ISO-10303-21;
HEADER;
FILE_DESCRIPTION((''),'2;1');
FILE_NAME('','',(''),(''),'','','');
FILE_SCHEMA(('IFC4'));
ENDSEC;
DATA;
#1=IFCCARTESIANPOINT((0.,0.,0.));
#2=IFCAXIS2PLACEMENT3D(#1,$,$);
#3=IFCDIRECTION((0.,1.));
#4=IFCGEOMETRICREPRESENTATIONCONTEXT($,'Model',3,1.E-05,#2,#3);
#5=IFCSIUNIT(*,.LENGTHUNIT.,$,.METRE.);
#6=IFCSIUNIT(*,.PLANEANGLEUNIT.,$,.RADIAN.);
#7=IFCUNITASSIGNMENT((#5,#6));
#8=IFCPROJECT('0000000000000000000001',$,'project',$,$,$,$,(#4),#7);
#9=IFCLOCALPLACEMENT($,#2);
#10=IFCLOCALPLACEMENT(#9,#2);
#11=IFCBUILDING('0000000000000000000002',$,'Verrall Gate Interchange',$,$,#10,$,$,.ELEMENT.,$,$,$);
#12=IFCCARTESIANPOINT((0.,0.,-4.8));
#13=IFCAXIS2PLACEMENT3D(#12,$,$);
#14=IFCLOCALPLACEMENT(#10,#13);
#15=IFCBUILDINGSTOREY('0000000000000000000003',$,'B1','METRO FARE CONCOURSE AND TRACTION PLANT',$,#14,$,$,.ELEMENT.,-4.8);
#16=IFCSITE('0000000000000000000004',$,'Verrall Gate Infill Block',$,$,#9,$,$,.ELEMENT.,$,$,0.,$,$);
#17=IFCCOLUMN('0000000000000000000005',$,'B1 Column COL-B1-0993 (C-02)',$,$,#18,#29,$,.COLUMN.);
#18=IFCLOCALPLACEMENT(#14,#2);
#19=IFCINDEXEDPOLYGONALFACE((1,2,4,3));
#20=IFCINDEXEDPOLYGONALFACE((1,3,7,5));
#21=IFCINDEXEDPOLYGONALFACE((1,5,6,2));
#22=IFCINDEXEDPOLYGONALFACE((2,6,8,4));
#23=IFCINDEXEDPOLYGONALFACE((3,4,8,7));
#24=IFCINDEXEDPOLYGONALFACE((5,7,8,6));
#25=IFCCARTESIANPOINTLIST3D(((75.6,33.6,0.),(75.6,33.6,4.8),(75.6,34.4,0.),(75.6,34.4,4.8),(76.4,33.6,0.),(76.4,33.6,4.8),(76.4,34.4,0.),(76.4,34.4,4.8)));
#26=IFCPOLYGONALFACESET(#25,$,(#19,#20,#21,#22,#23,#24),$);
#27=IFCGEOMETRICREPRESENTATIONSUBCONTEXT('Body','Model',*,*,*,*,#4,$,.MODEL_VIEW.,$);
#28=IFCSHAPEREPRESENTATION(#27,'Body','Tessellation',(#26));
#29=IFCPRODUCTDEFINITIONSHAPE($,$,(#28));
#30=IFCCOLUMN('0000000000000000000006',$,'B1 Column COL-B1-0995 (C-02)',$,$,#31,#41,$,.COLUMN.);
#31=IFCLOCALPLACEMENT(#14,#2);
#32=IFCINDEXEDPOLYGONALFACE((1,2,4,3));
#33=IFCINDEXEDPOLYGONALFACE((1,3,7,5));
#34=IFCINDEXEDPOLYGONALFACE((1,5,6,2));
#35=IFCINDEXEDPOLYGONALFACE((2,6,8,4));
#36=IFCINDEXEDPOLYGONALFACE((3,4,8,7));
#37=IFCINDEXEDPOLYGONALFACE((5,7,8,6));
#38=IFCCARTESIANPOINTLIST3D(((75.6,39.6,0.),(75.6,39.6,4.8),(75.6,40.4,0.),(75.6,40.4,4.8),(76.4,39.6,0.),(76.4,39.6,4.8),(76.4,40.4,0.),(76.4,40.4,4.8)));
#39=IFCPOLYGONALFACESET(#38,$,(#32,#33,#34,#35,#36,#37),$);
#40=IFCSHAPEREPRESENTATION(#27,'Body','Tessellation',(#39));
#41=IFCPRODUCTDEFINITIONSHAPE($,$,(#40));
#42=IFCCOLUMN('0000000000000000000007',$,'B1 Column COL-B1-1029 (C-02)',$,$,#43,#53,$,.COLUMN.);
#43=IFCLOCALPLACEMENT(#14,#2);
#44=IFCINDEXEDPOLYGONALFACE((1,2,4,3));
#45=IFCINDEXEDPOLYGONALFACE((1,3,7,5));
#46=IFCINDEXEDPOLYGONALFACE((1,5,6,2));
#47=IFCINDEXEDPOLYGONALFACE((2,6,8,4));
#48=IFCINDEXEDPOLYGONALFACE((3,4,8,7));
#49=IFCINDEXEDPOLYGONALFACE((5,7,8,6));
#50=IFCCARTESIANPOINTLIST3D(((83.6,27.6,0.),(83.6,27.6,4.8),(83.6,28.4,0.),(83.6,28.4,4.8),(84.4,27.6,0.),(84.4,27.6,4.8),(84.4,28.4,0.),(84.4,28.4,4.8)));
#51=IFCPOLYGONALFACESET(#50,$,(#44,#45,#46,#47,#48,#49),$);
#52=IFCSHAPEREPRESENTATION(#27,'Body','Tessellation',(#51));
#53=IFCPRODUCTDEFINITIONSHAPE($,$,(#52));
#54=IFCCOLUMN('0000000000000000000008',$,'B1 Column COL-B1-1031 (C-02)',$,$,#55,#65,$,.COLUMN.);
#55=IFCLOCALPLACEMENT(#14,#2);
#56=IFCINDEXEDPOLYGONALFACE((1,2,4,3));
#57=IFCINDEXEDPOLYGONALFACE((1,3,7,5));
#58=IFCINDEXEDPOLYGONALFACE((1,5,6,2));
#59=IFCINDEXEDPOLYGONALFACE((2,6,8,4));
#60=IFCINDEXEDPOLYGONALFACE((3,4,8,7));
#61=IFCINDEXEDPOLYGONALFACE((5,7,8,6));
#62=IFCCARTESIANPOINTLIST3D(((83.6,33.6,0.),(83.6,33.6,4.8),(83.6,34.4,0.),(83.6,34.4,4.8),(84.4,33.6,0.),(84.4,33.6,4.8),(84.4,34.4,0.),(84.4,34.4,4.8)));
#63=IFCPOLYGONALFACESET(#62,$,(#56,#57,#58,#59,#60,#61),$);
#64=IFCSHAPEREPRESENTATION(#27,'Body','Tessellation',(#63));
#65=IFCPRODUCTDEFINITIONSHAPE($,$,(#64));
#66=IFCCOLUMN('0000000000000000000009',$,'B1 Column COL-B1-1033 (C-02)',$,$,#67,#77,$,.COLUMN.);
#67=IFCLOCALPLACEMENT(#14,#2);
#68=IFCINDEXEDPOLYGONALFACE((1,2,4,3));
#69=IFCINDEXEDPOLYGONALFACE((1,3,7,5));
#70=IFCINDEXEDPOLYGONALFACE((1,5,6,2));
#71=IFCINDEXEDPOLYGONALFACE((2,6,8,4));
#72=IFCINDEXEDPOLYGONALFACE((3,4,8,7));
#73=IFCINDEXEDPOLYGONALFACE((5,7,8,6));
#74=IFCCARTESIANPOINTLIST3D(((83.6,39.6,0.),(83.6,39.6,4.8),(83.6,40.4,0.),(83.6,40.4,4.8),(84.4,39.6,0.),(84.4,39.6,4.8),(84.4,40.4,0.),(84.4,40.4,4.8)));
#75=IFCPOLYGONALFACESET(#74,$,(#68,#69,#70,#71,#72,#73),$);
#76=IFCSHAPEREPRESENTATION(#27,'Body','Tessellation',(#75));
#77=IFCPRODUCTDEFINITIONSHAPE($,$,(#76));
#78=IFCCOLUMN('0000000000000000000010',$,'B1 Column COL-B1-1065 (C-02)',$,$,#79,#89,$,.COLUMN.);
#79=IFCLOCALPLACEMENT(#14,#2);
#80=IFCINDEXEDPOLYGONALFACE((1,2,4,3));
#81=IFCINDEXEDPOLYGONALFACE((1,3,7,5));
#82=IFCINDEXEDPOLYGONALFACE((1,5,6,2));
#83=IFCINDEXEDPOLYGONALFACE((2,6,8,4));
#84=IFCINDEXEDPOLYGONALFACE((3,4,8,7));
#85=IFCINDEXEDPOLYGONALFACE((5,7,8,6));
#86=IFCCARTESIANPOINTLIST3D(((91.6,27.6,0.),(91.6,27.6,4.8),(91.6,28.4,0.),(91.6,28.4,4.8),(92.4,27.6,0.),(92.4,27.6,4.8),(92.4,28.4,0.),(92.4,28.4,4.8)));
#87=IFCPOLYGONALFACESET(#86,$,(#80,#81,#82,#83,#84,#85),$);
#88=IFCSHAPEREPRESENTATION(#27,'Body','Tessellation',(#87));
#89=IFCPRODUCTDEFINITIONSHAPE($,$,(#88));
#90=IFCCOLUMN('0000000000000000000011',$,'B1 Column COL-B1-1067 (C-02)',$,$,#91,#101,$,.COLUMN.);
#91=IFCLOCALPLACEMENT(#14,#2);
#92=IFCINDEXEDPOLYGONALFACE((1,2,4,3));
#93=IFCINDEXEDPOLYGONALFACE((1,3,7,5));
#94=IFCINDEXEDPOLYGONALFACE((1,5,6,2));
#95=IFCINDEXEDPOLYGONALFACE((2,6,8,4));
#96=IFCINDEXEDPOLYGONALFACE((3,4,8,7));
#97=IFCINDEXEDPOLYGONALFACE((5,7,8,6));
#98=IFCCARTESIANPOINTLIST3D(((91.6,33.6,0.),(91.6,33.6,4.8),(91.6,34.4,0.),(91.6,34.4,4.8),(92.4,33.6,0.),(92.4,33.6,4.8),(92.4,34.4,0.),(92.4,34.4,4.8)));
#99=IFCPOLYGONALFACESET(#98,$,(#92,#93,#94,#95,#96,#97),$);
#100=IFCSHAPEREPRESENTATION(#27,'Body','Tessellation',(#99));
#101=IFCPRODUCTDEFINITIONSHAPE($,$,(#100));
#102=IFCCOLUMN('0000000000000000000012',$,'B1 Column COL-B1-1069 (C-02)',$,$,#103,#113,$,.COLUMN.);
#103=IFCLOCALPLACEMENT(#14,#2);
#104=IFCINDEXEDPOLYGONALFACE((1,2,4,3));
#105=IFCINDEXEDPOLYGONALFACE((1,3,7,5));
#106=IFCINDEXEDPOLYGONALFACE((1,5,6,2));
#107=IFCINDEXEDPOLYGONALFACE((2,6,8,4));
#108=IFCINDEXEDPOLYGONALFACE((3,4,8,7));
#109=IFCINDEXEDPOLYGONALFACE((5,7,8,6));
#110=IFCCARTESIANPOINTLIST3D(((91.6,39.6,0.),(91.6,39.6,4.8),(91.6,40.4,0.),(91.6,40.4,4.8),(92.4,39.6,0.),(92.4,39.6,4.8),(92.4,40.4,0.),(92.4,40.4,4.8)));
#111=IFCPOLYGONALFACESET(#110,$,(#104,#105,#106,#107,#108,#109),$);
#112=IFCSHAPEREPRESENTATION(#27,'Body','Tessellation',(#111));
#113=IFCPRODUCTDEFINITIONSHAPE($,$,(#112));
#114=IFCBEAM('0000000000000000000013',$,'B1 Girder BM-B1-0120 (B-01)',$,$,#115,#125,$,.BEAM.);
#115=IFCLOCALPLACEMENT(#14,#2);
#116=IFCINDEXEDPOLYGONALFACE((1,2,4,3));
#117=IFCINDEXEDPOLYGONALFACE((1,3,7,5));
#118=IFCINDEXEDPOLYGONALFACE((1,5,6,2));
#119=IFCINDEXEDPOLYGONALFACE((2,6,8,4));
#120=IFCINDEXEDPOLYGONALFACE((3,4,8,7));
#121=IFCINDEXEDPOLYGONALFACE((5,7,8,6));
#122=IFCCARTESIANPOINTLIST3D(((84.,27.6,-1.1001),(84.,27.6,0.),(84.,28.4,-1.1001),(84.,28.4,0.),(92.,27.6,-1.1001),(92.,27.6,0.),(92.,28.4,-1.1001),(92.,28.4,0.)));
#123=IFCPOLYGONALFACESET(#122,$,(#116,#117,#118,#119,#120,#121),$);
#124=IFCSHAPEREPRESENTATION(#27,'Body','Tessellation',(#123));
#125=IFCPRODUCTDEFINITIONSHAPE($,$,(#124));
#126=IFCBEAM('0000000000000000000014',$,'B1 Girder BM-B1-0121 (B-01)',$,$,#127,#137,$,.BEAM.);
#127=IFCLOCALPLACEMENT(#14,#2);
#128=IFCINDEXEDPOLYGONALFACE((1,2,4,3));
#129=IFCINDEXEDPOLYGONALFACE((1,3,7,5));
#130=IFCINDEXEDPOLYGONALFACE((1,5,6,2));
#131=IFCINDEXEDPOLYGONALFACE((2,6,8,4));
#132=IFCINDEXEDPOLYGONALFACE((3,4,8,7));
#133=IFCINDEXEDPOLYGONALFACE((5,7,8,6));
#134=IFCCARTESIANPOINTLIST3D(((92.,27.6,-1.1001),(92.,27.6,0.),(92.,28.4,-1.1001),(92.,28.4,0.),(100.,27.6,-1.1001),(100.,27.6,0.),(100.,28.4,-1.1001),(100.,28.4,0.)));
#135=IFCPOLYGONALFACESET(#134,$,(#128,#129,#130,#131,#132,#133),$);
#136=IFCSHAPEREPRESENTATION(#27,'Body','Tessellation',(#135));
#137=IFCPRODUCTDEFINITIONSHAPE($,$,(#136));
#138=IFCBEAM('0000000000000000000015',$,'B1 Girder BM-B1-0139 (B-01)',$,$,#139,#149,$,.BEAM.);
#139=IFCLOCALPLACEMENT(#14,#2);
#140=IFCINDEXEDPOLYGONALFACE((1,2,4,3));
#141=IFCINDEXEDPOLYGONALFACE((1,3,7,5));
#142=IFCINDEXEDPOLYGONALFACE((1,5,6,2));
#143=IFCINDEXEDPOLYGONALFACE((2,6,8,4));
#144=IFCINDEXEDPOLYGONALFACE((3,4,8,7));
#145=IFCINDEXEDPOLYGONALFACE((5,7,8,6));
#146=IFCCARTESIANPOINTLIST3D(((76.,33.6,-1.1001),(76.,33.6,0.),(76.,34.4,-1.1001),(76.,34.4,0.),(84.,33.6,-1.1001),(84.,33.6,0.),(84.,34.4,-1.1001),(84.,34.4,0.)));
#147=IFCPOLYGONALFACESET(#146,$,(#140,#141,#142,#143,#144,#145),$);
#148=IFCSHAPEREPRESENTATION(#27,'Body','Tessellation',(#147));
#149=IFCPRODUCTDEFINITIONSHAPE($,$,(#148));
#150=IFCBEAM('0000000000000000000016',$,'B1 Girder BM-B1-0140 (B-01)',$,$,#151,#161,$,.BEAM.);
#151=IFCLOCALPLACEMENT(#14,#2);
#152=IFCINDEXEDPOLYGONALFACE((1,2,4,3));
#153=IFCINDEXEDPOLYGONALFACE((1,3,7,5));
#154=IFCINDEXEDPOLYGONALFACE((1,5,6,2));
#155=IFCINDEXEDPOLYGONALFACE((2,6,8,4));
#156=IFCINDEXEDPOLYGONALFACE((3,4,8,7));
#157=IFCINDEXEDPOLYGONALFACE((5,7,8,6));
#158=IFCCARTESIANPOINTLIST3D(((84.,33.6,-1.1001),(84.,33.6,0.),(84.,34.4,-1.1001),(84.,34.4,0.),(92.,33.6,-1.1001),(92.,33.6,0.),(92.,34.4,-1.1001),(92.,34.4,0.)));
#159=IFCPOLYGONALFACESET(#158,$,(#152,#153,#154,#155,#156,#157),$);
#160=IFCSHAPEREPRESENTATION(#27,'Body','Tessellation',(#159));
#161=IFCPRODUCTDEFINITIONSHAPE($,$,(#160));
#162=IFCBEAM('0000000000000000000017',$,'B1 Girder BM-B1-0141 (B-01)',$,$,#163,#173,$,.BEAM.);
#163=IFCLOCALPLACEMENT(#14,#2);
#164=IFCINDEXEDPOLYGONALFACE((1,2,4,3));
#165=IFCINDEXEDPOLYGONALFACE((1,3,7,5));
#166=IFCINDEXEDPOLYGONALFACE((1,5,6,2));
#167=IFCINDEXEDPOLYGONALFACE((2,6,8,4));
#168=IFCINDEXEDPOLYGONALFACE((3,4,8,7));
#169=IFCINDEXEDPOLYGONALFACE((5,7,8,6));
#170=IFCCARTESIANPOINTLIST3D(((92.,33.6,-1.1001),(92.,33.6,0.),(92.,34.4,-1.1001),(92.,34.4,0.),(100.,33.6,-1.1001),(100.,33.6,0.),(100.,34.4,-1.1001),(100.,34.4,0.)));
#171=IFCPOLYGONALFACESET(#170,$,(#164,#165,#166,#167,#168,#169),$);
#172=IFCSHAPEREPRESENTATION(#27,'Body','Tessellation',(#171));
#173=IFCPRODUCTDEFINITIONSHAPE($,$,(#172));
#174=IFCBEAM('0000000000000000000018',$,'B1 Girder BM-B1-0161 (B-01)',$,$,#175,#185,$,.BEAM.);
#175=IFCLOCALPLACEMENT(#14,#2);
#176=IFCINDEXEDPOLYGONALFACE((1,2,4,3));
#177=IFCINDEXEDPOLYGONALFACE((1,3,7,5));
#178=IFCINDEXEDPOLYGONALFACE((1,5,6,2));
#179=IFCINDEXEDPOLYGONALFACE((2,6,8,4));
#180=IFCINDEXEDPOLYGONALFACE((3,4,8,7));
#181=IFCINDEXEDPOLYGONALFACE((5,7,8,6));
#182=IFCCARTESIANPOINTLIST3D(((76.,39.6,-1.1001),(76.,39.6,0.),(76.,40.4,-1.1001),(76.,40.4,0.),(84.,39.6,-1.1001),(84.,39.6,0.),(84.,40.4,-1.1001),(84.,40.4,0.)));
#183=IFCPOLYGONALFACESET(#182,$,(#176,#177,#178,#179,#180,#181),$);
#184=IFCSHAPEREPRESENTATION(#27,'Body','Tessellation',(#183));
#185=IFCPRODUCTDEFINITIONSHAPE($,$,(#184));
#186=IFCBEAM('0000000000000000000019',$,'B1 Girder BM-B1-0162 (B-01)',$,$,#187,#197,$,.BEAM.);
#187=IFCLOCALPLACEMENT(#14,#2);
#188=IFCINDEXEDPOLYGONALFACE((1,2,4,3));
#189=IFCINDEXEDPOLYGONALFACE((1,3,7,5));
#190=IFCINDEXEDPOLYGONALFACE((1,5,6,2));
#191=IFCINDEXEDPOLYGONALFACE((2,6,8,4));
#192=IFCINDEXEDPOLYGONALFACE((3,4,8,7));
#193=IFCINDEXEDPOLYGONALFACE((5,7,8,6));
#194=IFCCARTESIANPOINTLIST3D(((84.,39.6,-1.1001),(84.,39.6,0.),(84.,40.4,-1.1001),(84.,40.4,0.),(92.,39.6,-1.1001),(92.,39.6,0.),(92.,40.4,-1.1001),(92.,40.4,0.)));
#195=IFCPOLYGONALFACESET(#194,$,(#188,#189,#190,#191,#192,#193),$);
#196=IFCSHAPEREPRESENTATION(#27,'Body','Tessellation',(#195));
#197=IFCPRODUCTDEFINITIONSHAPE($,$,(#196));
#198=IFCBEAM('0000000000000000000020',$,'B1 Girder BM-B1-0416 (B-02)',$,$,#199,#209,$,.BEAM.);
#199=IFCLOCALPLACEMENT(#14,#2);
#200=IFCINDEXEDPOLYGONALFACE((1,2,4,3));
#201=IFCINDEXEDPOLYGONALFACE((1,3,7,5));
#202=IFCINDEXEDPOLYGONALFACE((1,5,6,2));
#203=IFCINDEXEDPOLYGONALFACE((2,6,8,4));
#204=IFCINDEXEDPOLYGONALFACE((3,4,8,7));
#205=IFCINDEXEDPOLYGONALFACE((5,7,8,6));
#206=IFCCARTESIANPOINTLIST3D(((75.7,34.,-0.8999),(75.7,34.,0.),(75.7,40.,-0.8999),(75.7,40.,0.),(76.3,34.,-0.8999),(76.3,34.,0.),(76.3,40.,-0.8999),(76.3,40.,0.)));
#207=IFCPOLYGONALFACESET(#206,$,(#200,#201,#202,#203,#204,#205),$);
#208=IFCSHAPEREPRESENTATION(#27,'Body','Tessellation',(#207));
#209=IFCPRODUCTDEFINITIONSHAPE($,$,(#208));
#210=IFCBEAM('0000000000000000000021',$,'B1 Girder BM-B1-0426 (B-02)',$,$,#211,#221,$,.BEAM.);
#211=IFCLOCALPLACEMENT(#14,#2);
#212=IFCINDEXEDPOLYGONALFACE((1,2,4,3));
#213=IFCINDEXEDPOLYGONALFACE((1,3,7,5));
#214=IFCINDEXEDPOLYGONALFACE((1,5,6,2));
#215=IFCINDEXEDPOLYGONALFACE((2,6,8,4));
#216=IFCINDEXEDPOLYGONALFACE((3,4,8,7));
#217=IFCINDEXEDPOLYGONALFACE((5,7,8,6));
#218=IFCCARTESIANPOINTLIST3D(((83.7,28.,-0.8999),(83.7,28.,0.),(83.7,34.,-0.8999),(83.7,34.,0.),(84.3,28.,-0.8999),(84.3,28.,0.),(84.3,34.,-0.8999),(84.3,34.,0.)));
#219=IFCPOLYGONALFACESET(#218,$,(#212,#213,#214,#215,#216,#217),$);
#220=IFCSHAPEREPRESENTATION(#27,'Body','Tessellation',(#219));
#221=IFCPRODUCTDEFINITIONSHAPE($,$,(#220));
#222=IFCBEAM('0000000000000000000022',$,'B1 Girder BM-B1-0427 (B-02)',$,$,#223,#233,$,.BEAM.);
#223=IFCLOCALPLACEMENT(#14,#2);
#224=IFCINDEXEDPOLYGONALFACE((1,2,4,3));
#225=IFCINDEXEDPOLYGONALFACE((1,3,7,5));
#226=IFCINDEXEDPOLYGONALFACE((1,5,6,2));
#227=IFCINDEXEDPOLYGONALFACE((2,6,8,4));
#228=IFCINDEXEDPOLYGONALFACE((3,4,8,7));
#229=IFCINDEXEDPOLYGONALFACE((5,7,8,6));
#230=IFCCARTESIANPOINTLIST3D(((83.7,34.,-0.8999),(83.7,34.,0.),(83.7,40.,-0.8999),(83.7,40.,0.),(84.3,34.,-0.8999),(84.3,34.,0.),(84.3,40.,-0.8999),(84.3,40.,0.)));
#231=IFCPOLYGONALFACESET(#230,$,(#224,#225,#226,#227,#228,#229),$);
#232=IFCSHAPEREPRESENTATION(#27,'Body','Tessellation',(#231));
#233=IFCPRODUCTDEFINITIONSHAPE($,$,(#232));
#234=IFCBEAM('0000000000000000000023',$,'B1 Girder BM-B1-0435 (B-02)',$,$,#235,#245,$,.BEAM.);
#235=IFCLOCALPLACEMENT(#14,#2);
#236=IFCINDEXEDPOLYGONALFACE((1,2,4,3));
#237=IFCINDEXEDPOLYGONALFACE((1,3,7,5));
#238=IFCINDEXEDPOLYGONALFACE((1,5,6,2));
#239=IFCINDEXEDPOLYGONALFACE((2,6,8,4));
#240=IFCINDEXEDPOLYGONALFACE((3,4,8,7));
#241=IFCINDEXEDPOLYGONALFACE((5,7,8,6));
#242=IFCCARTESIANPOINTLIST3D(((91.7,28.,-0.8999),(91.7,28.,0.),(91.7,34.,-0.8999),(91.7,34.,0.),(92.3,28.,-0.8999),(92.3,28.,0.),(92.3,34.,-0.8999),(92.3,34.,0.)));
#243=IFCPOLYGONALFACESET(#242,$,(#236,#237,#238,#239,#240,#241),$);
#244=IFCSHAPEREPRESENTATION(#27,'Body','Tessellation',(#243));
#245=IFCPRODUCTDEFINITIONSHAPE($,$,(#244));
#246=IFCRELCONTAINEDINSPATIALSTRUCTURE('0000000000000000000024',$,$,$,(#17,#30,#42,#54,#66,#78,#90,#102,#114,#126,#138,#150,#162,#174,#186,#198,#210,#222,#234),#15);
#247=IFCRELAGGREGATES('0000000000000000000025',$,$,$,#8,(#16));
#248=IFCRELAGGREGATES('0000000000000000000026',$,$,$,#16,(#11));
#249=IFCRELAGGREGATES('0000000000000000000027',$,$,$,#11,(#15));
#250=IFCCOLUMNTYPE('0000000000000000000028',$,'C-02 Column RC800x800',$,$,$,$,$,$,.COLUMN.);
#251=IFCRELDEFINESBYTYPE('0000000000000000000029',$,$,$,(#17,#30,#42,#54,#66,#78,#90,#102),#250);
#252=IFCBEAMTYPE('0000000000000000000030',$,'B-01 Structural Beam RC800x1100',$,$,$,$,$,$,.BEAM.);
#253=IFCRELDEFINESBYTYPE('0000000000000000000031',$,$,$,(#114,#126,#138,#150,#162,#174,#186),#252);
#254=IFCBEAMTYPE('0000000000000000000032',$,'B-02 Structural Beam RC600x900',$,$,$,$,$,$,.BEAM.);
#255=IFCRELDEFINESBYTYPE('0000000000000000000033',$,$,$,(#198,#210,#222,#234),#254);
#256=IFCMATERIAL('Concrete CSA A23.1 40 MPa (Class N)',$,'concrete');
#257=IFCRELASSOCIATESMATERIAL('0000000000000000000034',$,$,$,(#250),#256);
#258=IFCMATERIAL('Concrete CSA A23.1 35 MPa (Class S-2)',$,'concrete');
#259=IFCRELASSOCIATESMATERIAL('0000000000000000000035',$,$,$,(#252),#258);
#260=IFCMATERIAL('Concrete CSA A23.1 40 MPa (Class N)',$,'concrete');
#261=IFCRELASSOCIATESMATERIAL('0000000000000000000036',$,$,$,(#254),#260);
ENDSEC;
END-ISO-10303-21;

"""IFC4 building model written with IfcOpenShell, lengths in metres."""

from ifc_helpers import new_model, si_unit, direction, frame, origin, origin_2d, place, context, subcontext, project, spatial, rectangle, extrude, material, material_profile, profile_set, type_object, element, save


model = new_model("IFC4")

# Units and contexts
model_context = context("Model", 3, precision=1e-05, world=origin(), true_north=direction((0.0, 1.0)))
body_context = subcontext(model_context, "Body", "Model", "MODEL_VIEW")
ifc_project = project(units=[si_unit("LENGTHUNIT", "METRE"), si_unit("PLANEANGLEUNIT", "RADIAN")], contexts=[model_context])

# Site, building, storey
site_placement = place(None, origin())
site = spatial("IfcSite", under=ifc_project, at=site_placement, Name="Verrall Gate Infill Block", CompositionType="ELEMENT", RefElevation=0.0)
building_placement = place(site_placement, origin())
building = spatial("IfcBuilding", under=site, at=building_placement, Name="Verrall Gate Interchange", CompositionType="ELEMENT")
storey_placement = place(building_placement, frame((0.0, 0.0, -4.8)))
storey = spatial("IfcBuildingStorey", under=building, at=storey_placement, Name="B1", Description="METRO FARE CONCOURSE AND TRACTION PLANT", CompositionType="ELEMENT", Elevation=-4.8)

# Columns
ifc_material_1 = material(Name="Concrete CSA A23.1 40 MPa (Class N)", Category="concrete")
ifc_material_profile_1 = material_profile(ifc_material_1, rectangle(XDim=0.8, YDim=0.8, at=origin_2d()), Name="RC800x800")
ifc_profile_set_1 = profile_set([ifc_material_profile_1], Name="Concrete CSA A23.1 40 MPa (Class N)")
column_type = type_object("IfcColumnType", Name="C-02 Column RC800x800", PredefinedType="COLUMN", material=ifc_profile_set_1)
for number, where, z_axis, x_axis, name in (
    (1, (76.0, 34.0, 0.0), (0.0, 0.0, 1.0), (1.0, 0.0, 0.0), "B1 Column COL-B1-0993 (C-02)"),
    (2, (76.0, 40.0, 0.0), (0.0, 0.0, 1.0), (1.0, 0.0, 0.0), "B1 Column COL-B1-0995 (C-02)"),
    (3, (84.0, 28.0, 0.0), (0.0, 0.0, 1.0), (1.0, 0.0, 0.0), "B1 Column COL-B1-1029 (C-02)"),
    (4, (84.0, 34.0, 0.0), (0.0, 0.0, 1.0), (1.0, 0.0, 0.0), "B1 Column COL-B1-1031 (C-02)"),
    (5, (84.0, 40.0, 0.0), (0.0, 0.0, 1.0), (1.0, 0.0, 0.0), "B1 Column COL-B1-1033 (C-02)"),
    (6, (92.0, 28.0, 0.0), (0.0, 0.0, 1.0), (1.0, 0.0, 0.0), "B1 Column COL-B1-1065 (C-02)"),
    (7, (92.0, 34.0, 0.0), (0.0, 0.0, 1.0), (1.0, 0.0, 0.0), "B1 Column COL-B1-1067 (C-02)"),
    (8, (92.0, 40.0, 0.0), (0.0, 0.0, 1.0), (1.0, 0.0, 0.0), "B1 Column COL-B1-1069 (C-02)"),
):
    element("IfcColumn", number, at=place(storey_placement, frame(where, z_axis=z_axis, x_axis=x_axis)), inside=storey, type_object=column_type, Name=name, PredefinedType="COLUMN", context=body_context, shape_type="SweptSolid", body=[
        extrude(rectangle(XDim=0.8, YDim=0.8, at=origin_2d()), origin(), (0.0, 0.0, 1.0), 4.8),
    ])

# Beams
ifc_material_2 = material(Name="Concrete CSA A23.1 35 MPa (Class S-2)", Category="concrete")
ifc_material_profile_2 = material_profile(ifc_material_2, rectangle(XDim=0.8, YDim=1.1001, at=origin_2d()), Name="RC800x1100")
ifc_profile_set_2 = profile_set([ifc_material_profile_2], Name="Concrete CSA A23.1 35 MPa (Class S-2)")
beam_type_1 = type_object("IfcBeamType", Name="B-01 Structural Beam RC800x1100", PredefinedType="BEAM", material=ifc_profile_set_2)
for number, where, z_axis, x_axis, name in (
    (9, (84.0, 28.0, -0.55), (1.0, 0.0, 0.0), (0.0, 1.0, 0.0), "B1 Girder BM-B1-0120 (B-01)"),
    (10, (92.0, 28.0, -0.55), (1.0, 0.0, 0.0), (0.0, 1.0, 0.0), "B1 Girder BM-B1-0121 (B-01)"),
    (11, (76.0, 34.0, -0.55), (1.0, 0.0, 0.0), (0.0, 1.0, 0.0), "B1 Girder BM-B1-0139 (B-01)"),
    (12, (84.0, 34.0, -0.55), (1.0, 0.0, 0.0), (0.0, 1.0, 0.0), "B1 Girder BM-B1-0140 (B-01)"),
    (13, (92.0, 34.0, -0.55), (1.0, 0.0, 0.0), (0.0, 1.0, 0.0), "B1 Girder BM-B1-0141 (B-01)"),
    (14, (76.0, 40.0, -0.55), (1.0, 0.0, 0.0), (0.0, 1.0, 0.0), "B1 Girder BM-B1-0161 (B-01)"),
    (15, (84.0, 40.0, -0.55), (1.0, 0.0, 0.0), (0.0, 1.0, 0.0), "B1 Girder BM-B1-0162 (B-01)"),
):
    element("IfcBeam", number, at=place(storey_placement, frame(where, z_axis=z_axis, x_axis=x_axis)), inside=storey, type_object=beam_type_1, Name=name, PredefinedType="BEAM", context=body_context, shape_type="SweptSolid", body=[
        extrude(rectangle(XDim=0.8, YDim=1.1001, at=origin_2d()), origin(), (0.0, 0.0, 1.0), 8.0),
    ])
ifc_material_3 = material(Name="Concrete CSA A23.1 40 MPa (Class N)", Category="concrete")
ifc_material_profile_3 = material_profile(ifc_material_3, rectangle(XDim=0.6001, YDim=0.8999, at=origin_2d()), Name="RC600x900")
ifc_profile_set_3 = profile_set([ifc_material_profile_3], Name="Concrete CSA A23.1 40 MPa (Class N)")
beam_type_2 = type_object("IfcBeamType", Name="B-02 Structural Beam RC600x900", PredefinedType="BEAM", material=ifc_profile_set_3)
for number, where, z_axis, x_axis, name in (
    (16, (76.0, 34.0, -0.45), (0.0, 1.0, 0.0), (-1.0, 0.0, 0.0), "B1 Girder BM-B1-0416 (B-02)"),
    (17, (84.0, 28.0, -0.45), (0.0, 1.0, 0.0), (-1.0, 0.0, 0.0), "B1 Girder BM-B1-0426 (B-02)"),
    (18, (84.0, 34.0, -0.45), (0.0, 1.0, 0.0), (-1.0, 0.0, 0.0), "B1 Girder BM-B1-0427 (B-02)"),
    (19, (92.0, 28.0, -0.45), (0.0, 1.0, 0.0), (-1.0, 0.0, 0.0), "B1 Girder BM-B1-0435 (B-02)"),
):
    element("IfcBeam", number, at=place(storey_placement, frame(where, z_axis=z_axis, x_axis=x_axis)), inside=storey, type_object=beam_type_2, Name=name, PredefinedType="BEAM", context=body_context, shape_type="SweptSolid", body=[
        extrude(rectangle(XDim=0.6001, YDim=0.8999, at=origin_2d()), origin(), (0.0, 0.0, 1.0), 6.0),
    ])

save(model, "model.ifc")
